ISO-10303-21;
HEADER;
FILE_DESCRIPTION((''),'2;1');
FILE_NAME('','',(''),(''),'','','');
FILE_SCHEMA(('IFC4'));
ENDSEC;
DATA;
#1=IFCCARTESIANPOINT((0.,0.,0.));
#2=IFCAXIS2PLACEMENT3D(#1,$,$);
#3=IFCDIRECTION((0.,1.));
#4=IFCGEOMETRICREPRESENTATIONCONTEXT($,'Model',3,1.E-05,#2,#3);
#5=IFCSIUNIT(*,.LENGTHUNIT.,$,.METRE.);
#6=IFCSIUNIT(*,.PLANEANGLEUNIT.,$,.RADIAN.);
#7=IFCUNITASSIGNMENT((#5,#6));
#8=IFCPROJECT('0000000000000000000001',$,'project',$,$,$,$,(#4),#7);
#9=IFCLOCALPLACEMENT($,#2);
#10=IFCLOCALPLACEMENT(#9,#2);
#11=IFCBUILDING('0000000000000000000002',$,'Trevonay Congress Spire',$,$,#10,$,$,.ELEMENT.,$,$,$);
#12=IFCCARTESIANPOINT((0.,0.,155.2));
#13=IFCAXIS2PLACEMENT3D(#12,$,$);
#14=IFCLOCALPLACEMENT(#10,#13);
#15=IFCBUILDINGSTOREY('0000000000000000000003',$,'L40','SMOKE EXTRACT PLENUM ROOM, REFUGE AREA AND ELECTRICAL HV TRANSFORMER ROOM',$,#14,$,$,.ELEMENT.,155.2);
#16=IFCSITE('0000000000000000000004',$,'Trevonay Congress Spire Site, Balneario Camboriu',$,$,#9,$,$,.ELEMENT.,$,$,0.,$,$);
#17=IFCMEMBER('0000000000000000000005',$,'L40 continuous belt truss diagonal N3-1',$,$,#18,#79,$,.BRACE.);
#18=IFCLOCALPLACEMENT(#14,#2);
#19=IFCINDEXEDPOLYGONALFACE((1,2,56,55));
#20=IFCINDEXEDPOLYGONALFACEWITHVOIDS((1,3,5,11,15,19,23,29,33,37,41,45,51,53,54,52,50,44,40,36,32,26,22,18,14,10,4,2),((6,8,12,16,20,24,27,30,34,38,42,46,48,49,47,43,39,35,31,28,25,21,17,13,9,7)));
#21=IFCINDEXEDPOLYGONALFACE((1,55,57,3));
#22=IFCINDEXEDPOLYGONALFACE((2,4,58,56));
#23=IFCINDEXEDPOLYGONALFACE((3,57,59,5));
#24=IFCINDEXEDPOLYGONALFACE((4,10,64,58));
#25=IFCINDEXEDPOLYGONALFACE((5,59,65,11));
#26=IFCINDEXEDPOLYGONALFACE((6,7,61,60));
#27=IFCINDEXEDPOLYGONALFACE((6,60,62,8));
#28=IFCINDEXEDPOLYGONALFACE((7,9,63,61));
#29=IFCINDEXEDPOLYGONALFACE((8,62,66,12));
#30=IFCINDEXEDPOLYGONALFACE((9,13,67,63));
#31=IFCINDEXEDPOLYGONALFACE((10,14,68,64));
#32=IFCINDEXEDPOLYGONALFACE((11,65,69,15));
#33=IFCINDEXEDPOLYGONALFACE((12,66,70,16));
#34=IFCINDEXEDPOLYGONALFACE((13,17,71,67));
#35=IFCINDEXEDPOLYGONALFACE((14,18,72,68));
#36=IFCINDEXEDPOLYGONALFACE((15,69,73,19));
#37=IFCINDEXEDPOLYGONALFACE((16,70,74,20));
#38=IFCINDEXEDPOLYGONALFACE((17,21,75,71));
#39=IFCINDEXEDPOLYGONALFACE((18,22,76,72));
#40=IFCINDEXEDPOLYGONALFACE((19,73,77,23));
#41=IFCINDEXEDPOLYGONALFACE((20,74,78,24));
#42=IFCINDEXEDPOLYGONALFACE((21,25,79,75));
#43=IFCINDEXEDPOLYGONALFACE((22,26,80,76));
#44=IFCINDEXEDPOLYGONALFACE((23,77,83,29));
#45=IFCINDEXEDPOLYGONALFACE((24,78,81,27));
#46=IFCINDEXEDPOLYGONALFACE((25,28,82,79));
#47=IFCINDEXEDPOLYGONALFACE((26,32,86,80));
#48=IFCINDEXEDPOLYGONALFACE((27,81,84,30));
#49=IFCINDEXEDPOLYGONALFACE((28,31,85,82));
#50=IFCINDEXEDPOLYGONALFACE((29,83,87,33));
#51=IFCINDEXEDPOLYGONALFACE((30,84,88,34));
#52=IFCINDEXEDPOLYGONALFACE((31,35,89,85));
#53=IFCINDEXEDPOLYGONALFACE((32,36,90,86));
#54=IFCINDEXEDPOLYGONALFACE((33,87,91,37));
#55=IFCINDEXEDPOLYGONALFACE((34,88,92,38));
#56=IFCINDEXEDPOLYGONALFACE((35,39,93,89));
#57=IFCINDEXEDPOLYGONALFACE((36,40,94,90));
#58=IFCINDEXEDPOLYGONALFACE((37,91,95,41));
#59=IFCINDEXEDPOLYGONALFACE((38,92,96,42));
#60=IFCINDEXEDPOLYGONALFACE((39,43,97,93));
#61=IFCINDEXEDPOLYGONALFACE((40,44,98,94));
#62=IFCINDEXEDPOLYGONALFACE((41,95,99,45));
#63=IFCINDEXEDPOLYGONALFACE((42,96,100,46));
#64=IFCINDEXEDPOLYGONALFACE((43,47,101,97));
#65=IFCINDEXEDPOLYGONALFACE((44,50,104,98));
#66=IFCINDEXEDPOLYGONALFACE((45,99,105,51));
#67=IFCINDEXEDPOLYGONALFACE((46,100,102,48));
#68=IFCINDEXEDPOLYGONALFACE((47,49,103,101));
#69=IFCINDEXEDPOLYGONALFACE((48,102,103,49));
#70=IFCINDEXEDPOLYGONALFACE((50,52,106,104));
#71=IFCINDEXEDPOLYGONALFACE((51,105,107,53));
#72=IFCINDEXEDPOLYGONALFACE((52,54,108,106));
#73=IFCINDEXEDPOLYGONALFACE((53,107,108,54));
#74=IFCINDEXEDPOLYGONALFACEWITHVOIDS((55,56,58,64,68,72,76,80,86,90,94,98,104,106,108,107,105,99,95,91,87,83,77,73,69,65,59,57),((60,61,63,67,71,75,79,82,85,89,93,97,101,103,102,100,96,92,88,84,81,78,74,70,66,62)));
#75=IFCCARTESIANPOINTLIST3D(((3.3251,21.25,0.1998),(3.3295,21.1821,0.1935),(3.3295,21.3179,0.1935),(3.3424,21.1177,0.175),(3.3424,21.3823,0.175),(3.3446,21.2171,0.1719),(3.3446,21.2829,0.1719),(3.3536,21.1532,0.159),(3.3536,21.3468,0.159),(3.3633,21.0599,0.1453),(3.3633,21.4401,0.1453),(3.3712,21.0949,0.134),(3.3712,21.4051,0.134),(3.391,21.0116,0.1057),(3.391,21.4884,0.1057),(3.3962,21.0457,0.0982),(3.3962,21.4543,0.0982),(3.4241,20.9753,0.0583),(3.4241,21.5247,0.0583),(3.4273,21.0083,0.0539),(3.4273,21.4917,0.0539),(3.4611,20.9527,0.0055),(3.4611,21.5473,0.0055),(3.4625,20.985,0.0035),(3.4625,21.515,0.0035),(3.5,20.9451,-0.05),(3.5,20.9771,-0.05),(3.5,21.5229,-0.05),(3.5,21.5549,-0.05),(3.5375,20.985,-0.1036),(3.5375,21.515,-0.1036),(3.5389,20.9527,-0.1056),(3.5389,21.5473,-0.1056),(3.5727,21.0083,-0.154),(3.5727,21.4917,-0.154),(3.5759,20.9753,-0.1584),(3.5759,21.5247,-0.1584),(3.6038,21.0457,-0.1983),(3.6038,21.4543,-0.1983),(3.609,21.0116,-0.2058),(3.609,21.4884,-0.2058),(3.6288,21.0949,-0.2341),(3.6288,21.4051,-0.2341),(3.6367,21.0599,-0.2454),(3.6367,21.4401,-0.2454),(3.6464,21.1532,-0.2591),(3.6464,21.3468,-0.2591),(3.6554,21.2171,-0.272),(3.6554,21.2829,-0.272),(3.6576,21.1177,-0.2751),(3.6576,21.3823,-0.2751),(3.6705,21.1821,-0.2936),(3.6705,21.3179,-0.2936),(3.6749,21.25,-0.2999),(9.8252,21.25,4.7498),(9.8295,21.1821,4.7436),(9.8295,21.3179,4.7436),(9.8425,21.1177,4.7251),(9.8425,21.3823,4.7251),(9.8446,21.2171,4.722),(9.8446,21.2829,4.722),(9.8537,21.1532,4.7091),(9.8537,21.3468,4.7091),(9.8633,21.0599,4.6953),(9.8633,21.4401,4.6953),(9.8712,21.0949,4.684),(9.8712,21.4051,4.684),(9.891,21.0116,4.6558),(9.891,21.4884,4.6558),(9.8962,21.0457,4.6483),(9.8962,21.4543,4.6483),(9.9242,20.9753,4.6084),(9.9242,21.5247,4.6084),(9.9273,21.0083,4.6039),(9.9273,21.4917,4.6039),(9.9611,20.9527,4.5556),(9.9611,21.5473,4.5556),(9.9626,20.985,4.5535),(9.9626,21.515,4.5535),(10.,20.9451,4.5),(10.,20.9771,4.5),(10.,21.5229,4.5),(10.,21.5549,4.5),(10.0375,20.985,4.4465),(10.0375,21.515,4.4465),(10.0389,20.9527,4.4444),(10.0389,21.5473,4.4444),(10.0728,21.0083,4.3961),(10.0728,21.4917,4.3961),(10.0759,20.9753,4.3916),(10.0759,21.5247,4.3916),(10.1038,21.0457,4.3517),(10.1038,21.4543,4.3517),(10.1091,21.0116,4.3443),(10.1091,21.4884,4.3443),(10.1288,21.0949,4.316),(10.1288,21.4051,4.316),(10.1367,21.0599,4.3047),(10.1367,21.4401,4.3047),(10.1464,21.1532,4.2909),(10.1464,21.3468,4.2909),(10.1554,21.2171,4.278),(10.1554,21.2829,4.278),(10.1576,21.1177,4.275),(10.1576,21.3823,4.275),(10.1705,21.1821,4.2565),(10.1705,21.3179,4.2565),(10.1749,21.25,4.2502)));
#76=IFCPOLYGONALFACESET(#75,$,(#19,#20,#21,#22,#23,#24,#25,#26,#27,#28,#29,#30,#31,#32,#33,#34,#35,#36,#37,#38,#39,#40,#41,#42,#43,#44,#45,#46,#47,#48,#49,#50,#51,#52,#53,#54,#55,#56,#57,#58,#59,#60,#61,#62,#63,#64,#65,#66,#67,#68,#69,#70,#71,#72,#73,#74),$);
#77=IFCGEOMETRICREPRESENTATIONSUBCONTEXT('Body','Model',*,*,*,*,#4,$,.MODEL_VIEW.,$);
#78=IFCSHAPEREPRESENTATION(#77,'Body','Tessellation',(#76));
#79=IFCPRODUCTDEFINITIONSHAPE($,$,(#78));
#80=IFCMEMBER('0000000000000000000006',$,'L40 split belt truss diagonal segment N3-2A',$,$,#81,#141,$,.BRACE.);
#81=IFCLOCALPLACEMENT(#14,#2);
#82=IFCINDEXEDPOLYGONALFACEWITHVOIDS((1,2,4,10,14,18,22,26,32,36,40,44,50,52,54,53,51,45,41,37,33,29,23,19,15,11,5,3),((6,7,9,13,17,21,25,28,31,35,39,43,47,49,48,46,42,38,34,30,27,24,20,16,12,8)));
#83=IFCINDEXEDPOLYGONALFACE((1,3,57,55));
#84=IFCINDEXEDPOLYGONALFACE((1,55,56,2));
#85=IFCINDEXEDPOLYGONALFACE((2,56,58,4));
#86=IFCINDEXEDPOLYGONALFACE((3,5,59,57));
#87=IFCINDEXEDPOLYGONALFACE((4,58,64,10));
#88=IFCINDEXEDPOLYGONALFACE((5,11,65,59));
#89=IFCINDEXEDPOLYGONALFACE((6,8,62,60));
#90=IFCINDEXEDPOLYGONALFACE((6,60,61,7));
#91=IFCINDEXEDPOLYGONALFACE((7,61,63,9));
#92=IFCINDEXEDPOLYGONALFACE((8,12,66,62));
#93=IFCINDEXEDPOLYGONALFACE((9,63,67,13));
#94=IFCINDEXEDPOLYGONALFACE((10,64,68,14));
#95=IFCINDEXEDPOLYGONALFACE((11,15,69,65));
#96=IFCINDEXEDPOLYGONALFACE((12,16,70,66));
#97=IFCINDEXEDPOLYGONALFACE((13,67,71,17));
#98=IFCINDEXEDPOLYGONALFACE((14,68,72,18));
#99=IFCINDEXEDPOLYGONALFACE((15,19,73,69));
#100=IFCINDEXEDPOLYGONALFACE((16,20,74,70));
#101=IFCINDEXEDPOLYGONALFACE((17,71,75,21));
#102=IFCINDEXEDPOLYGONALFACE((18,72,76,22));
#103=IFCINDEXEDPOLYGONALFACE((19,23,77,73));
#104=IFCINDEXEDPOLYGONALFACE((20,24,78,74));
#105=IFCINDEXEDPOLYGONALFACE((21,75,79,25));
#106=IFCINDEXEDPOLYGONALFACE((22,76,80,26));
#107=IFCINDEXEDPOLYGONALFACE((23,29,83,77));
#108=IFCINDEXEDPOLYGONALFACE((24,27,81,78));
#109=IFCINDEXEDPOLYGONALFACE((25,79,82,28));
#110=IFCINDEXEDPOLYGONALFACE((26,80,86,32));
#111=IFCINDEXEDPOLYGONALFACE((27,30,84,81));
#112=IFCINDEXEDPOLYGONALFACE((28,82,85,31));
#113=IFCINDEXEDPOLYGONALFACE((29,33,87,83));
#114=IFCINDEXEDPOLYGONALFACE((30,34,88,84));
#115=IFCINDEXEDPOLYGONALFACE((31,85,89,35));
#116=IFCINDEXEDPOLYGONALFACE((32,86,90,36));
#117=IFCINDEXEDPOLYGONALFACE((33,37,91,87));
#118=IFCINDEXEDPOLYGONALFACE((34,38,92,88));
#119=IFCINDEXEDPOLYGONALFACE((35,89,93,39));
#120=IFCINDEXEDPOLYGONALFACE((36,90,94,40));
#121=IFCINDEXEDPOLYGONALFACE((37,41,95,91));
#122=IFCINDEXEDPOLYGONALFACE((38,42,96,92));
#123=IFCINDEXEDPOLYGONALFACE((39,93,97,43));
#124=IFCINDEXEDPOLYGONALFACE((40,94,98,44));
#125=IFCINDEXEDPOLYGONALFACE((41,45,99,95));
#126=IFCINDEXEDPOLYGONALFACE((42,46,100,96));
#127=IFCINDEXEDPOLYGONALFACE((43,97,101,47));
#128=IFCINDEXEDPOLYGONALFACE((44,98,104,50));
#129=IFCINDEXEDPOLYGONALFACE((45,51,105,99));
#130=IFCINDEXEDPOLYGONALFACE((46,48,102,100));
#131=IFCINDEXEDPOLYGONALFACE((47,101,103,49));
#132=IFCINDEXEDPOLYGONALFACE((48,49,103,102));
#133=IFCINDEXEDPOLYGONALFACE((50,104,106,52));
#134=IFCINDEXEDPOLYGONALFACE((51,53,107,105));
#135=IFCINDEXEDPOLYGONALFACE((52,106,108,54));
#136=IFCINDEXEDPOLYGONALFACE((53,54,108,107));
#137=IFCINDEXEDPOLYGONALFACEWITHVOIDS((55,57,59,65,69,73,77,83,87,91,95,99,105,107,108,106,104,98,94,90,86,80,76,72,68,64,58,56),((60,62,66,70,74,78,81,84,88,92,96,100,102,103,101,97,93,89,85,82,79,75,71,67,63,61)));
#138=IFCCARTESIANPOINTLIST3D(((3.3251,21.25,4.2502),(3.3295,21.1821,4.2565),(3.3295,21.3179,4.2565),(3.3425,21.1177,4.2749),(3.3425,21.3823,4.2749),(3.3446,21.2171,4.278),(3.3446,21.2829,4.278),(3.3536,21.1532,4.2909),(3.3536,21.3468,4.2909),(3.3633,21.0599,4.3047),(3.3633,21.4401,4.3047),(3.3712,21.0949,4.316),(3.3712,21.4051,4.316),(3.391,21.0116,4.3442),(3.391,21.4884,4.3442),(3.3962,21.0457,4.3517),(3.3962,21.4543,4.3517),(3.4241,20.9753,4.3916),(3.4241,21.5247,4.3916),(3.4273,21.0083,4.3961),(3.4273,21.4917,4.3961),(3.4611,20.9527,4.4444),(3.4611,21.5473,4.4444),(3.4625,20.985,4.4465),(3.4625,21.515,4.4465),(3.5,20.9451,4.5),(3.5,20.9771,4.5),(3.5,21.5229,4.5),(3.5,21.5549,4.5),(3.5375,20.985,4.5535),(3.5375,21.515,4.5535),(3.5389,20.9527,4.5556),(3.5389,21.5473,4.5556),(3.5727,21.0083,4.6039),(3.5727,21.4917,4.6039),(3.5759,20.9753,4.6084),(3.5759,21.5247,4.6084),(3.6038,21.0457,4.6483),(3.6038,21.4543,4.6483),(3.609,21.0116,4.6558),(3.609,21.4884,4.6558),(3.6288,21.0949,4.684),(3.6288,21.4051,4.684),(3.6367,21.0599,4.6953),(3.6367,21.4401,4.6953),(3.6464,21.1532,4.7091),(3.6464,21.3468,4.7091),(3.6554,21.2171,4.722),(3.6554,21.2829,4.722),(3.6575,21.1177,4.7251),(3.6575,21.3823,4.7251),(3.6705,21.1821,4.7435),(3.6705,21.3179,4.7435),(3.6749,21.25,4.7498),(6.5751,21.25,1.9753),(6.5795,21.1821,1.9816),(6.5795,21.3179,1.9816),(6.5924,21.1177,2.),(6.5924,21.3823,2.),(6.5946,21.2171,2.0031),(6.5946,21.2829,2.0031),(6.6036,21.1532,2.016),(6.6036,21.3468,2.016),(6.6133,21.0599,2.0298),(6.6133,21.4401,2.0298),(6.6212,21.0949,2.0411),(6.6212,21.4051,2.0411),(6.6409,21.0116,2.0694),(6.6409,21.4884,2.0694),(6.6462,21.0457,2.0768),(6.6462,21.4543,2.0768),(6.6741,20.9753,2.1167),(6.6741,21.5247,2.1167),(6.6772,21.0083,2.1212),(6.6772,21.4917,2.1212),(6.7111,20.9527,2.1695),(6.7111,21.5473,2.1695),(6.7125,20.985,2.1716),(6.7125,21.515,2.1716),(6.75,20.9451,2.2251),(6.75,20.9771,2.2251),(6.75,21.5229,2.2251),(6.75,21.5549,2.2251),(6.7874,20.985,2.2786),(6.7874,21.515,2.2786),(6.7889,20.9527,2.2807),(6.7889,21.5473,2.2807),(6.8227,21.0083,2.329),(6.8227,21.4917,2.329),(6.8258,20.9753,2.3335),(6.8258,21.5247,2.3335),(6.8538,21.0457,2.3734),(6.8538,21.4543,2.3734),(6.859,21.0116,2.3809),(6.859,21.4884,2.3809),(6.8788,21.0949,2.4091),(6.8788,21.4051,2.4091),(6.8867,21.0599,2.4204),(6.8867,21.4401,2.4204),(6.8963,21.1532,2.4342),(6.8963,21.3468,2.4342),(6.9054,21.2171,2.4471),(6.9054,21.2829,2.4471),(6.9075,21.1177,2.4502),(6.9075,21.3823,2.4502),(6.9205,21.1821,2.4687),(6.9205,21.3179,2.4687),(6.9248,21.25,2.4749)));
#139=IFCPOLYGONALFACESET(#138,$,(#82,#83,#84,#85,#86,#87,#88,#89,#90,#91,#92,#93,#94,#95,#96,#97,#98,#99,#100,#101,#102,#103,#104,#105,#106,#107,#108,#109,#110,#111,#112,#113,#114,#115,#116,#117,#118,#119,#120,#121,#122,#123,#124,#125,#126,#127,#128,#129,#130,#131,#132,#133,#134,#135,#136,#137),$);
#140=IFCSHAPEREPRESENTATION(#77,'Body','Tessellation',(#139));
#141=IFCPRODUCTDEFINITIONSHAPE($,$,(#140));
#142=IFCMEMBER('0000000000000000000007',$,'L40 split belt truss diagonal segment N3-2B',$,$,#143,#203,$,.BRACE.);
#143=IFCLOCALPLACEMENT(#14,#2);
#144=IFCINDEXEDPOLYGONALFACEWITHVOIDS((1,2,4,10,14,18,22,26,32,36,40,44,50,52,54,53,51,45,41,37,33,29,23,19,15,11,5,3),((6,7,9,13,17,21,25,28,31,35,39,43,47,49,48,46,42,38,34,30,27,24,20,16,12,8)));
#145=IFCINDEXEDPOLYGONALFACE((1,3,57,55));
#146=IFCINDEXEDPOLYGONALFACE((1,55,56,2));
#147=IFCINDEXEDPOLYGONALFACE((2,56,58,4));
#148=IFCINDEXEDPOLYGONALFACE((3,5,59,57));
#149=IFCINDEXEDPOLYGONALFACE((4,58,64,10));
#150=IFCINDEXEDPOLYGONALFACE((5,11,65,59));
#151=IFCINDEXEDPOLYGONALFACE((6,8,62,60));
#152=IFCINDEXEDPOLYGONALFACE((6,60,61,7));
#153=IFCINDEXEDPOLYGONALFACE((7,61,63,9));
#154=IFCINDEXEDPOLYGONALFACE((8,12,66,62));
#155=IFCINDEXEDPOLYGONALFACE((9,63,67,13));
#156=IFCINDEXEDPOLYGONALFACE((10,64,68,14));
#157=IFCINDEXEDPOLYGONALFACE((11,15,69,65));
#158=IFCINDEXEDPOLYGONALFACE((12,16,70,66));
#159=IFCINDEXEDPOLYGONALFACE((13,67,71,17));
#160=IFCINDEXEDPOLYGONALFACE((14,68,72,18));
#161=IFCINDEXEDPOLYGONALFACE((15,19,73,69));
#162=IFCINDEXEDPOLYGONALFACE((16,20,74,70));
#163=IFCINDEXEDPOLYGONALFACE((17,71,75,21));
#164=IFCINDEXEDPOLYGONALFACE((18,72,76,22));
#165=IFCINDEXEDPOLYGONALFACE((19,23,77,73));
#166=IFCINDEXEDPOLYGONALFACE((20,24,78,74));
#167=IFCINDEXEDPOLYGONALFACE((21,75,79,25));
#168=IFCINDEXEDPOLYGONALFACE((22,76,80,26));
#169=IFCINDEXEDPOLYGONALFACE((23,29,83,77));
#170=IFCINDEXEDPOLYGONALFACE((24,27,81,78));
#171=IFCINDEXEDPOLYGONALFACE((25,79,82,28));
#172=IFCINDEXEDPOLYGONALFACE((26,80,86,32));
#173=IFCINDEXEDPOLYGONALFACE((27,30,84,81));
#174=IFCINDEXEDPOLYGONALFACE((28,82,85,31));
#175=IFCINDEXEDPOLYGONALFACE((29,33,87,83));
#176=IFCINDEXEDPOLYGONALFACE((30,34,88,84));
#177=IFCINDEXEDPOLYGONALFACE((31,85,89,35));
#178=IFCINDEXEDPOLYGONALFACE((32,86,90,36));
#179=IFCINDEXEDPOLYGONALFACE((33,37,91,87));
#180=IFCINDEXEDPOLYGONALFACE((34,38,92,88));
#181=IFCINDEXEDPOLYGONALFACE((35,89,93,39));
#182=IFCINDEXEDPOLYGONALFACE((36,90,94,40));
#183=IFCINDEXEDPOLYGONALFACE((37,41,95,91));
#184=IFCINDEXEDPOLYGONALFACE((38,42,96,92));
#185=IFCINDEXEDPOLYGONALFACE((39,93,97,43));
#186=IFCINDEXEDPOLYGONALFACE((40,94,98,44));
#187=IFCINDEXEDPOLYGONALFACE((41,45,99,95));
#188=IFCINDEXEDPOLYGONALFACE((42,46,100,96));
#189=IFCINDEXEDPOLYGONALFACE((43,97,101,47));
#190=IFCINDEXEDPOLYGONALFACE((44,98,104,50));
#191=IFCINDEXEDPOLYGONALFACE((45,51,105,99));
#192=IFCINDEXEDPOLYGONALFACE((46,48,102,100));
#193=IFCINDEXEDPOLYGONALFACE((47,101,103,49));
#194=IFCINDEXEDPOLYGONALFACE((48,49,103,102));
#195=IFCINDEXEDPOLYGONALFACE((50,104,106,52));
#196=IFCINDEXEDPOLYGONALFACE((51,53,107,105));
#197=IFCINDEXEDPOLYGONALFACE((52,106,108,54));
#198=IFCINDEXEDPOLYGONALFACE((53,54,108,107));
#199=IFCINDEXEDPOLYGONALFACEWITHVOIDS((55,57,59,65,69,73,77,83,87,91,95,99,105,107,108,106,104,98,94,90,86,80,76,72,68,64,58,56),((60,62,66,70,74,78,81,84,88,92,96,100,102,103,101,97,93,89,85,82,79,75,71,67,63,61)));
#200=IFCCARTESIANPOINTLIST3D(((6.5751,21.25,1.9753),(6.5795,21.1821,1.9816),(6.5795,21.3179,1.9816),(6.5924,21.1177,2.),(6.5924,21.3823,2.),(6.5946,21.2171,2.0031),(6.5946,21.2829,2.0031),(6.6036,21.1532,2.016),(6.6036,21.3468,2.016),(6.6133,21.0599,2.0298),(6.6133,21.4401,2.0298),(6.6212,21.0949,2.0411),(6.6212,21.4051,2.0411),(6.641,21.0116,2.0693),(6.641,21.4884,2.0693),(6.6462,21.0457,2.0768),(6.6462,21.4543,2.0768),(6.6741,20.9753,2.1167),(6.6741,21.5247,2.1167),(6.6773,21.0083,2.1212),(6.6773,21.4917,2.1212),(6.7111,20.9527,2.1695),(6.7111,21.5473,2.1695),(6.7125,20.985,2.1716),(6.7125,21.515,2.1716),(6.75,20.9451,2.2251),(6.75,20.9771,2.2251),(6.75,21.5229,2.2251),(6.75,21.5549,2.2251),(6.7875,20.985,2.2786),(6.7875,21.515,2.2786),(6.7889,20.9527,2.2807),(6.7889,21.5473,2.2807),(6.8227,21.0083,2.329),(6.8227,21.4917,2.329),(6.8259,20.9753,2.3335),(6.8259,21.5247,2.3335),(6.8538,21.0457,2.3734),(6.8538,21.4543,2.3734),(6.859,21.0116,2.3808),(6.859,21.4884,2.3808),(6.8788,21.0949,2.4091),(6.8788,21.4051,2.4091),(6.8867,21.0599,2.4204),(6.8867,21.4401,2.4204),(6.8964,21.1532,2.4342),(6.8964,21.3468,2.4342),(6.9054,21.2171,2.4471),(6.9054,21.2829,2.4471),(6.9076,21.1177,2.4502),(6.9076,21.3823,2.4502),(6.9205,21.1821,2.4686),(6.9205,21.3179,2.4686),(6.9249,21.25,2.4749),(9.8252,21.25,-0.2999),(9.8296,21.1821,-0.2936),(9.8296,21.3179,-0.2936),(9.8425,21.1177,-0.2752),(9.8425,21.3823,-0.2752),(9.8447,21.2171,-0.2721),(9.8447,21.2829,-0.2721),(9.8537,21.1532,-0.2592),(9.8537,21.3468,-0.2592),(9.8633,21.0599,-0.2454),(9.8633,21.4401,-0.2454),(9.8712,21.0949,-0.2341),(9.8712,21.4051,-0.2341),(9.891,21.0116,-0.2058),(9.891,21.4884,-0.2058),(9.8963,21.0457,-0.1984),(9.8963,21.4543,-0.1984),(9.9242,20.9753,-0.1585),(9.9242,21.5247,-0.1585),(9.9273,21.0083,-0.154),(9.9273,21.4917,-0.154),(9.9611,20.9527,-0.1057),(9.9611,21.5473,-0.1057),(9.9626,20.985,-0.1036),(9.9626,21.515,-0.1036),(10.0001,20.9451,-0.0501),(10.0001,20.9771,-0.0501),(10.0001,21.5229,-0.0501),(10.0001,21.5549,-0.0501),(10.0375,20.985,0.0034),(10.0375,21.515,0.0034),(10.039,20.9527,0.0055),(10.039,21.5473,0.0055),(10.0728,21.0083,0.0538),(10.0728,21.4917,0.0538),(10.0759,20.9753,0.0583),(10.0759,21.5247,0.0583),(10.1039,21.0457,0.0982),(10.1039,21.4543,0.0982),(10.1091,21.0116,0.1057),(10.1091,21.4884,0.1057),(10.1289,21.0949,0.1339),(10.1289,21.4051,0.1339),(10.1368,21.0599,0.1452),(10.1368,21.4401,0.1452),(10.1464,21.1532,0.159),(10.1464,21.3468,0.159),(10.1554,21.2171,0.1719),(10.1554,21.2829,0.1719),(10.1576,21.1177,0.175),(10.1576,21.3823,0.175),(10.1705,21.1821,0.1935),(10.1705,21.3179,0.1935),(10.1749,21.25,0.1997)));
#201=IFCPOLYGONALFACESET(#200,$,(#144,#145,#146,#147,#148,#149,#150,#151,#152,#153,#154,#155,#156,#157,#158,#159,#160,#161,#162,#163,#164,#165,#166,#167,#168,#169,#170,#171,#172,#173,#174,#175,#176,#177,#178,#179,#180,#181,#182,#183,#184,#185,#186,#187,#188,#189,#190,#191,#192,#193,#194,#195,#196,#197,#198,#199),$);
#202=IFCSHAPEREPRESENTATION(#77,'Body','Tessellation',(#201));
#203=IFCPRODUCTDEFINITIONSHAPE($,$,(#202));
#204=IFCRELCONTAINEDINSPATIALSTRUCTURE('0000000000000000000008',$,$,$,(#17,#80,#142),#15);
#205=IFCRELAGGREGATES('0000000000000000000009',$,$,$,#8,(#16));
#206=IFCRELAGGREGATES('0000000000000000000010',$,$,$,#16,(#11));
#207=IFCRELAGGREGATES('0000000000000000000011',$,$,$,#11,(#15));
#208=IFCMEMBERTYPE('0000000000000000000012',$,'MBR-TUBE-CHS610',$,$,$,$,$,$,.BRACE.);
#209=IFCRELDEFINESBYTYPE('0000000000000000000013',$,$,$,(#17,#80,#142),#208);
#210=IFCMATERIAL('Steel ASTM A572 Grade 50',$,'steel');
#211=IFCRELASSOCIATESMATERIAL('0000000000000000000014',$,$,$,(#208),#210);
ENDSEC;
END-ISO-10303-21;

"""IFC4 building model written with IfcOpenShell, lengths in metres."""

from ifc_helpers import new_model, si_unit, direction, frame, origin, origin_2d, place, context, subcontext, project, spatial, hollow_circle, extrude, material, material_profile, profile_set, type_object, element, save


model = new_model("IFC4")

# Units and contexts
model_context = context("Model", 3, precision=1e-05, world=origin(), true_north=direction((0.0, 1.0)))
body_context = subcontext(model_context, "Body", "Model", "MODEL_VIEW")
ifc_project = project(units=[si_unit("LENGTHUNIT", "METRE"), si_unit("PLANEANGLEUNIT", "RADIAN")], contexts=[model_context])

# Site, building, storey
site_placement = place(None, origin())
site = spatial("IfcSite", under=ifc_project, at=site_placement, Name="Trevonay Congress Spire Site, Balneario Camboriu", CompositionType="ELEMENT", RefElevation=0.0)
building_placement = place(site_placement, origin())
building = spatial("IfcBuilding", under=site, at=building_placement, Name="Trevonay Congress Spire", CompositionType="ELEMENT")
storey_placement = place(building_placement, frame((0.0, 0.0, 155.2)))
storey = spatial("IfcBuildingStorey", under=building, at=storey_placement, Name="L40", Description="SMOKE EXTRACT PLENUM ROOM, REFUGE AREA AND ELECTRICAL HV TRANSFORMER ROOM", CompositionType="ELEMENT", Elevation=155.2)

# Shared definitions
ifc_material_1 = material(Name="Steel ASTM A572 Grade 50", Category="steel")

# Members
ifc_material_profile_1 = material_profile(ifc_material_1, hollow_circle(Radius=0.3049, WallThickness=0.032, at=origin_2d()), Name="CHS 610x32")
ifc_profile_set_1 = profile_set([ifc_material_profile_1], Name="Steel ASTM A572 Grade 50")
member_type = type_object("IfcMemberType", Name="MBR-TUBE-CHS610", PredefinedType="BRACE", material=ifc_profile_set_1)
member_1_placement = place(storey_placement, frame((3.5, 21.25, -0.05), z_axis=(0.819229, 0.0, 0.573466), x_axis=(0.0, 1.0, 0.0)))
element("IfcMember", 1, at=member_1_placement, inside=storey, type_object=member_type, Name="L40 continuous belt truss diagonal N3-1", PredefinedType="BRACE", context=body_context, shape_type="SweptSolid", body=[
    extrude(hollow_circle(Radius=0.3049, WallThickness=0.032, at=origin_2d()), origin(), (0.0, 0.0, 1.0), 7.9343),
])
member_2_placement = place(storey_placement, frame((3.5, 21.25, 4.5), z_axis=(0.819243, 0.0, -0.573446), x_axis=(0.0, 1.0, 0.0)))
element("IfcMember", 2, at=member_2_placement, inside=storey, type_object=member_type, Name="L40 split belt truss diagonal segment N3-2A", PredefinedType="BRACE", context=body_context, shape_type="SweptSolid", body=[
    extrude(hollow_circle(Radius=0.3049, WallThickness=0.032, at=origin_2d()), origin(), (0.0, 0.0, 1.0), 3.967),
])
member_3_placement = place(storey_placement, frame((6.75, 21.25, 2.2251), z_axis=(0.819215, 0.0, -0.573487), x_axis=(0.0, 1.0, 0.0)))
element("IfcMember", 3, at=member_3_placement, inside=storey, type_object=member_type, Name="L40 split belt truss diagonal segment N3-2B", PredefinedType="BRACE", context=body_context, shape_type="SweptSolid", body=[
    extrude(hollow_circle(Radius=0.3049, WallThickness=0.032, at=origin_2d()), origin(), (0.0, 0.0, 1.0), 3.9673),
])

save(model, "model.ifc")
